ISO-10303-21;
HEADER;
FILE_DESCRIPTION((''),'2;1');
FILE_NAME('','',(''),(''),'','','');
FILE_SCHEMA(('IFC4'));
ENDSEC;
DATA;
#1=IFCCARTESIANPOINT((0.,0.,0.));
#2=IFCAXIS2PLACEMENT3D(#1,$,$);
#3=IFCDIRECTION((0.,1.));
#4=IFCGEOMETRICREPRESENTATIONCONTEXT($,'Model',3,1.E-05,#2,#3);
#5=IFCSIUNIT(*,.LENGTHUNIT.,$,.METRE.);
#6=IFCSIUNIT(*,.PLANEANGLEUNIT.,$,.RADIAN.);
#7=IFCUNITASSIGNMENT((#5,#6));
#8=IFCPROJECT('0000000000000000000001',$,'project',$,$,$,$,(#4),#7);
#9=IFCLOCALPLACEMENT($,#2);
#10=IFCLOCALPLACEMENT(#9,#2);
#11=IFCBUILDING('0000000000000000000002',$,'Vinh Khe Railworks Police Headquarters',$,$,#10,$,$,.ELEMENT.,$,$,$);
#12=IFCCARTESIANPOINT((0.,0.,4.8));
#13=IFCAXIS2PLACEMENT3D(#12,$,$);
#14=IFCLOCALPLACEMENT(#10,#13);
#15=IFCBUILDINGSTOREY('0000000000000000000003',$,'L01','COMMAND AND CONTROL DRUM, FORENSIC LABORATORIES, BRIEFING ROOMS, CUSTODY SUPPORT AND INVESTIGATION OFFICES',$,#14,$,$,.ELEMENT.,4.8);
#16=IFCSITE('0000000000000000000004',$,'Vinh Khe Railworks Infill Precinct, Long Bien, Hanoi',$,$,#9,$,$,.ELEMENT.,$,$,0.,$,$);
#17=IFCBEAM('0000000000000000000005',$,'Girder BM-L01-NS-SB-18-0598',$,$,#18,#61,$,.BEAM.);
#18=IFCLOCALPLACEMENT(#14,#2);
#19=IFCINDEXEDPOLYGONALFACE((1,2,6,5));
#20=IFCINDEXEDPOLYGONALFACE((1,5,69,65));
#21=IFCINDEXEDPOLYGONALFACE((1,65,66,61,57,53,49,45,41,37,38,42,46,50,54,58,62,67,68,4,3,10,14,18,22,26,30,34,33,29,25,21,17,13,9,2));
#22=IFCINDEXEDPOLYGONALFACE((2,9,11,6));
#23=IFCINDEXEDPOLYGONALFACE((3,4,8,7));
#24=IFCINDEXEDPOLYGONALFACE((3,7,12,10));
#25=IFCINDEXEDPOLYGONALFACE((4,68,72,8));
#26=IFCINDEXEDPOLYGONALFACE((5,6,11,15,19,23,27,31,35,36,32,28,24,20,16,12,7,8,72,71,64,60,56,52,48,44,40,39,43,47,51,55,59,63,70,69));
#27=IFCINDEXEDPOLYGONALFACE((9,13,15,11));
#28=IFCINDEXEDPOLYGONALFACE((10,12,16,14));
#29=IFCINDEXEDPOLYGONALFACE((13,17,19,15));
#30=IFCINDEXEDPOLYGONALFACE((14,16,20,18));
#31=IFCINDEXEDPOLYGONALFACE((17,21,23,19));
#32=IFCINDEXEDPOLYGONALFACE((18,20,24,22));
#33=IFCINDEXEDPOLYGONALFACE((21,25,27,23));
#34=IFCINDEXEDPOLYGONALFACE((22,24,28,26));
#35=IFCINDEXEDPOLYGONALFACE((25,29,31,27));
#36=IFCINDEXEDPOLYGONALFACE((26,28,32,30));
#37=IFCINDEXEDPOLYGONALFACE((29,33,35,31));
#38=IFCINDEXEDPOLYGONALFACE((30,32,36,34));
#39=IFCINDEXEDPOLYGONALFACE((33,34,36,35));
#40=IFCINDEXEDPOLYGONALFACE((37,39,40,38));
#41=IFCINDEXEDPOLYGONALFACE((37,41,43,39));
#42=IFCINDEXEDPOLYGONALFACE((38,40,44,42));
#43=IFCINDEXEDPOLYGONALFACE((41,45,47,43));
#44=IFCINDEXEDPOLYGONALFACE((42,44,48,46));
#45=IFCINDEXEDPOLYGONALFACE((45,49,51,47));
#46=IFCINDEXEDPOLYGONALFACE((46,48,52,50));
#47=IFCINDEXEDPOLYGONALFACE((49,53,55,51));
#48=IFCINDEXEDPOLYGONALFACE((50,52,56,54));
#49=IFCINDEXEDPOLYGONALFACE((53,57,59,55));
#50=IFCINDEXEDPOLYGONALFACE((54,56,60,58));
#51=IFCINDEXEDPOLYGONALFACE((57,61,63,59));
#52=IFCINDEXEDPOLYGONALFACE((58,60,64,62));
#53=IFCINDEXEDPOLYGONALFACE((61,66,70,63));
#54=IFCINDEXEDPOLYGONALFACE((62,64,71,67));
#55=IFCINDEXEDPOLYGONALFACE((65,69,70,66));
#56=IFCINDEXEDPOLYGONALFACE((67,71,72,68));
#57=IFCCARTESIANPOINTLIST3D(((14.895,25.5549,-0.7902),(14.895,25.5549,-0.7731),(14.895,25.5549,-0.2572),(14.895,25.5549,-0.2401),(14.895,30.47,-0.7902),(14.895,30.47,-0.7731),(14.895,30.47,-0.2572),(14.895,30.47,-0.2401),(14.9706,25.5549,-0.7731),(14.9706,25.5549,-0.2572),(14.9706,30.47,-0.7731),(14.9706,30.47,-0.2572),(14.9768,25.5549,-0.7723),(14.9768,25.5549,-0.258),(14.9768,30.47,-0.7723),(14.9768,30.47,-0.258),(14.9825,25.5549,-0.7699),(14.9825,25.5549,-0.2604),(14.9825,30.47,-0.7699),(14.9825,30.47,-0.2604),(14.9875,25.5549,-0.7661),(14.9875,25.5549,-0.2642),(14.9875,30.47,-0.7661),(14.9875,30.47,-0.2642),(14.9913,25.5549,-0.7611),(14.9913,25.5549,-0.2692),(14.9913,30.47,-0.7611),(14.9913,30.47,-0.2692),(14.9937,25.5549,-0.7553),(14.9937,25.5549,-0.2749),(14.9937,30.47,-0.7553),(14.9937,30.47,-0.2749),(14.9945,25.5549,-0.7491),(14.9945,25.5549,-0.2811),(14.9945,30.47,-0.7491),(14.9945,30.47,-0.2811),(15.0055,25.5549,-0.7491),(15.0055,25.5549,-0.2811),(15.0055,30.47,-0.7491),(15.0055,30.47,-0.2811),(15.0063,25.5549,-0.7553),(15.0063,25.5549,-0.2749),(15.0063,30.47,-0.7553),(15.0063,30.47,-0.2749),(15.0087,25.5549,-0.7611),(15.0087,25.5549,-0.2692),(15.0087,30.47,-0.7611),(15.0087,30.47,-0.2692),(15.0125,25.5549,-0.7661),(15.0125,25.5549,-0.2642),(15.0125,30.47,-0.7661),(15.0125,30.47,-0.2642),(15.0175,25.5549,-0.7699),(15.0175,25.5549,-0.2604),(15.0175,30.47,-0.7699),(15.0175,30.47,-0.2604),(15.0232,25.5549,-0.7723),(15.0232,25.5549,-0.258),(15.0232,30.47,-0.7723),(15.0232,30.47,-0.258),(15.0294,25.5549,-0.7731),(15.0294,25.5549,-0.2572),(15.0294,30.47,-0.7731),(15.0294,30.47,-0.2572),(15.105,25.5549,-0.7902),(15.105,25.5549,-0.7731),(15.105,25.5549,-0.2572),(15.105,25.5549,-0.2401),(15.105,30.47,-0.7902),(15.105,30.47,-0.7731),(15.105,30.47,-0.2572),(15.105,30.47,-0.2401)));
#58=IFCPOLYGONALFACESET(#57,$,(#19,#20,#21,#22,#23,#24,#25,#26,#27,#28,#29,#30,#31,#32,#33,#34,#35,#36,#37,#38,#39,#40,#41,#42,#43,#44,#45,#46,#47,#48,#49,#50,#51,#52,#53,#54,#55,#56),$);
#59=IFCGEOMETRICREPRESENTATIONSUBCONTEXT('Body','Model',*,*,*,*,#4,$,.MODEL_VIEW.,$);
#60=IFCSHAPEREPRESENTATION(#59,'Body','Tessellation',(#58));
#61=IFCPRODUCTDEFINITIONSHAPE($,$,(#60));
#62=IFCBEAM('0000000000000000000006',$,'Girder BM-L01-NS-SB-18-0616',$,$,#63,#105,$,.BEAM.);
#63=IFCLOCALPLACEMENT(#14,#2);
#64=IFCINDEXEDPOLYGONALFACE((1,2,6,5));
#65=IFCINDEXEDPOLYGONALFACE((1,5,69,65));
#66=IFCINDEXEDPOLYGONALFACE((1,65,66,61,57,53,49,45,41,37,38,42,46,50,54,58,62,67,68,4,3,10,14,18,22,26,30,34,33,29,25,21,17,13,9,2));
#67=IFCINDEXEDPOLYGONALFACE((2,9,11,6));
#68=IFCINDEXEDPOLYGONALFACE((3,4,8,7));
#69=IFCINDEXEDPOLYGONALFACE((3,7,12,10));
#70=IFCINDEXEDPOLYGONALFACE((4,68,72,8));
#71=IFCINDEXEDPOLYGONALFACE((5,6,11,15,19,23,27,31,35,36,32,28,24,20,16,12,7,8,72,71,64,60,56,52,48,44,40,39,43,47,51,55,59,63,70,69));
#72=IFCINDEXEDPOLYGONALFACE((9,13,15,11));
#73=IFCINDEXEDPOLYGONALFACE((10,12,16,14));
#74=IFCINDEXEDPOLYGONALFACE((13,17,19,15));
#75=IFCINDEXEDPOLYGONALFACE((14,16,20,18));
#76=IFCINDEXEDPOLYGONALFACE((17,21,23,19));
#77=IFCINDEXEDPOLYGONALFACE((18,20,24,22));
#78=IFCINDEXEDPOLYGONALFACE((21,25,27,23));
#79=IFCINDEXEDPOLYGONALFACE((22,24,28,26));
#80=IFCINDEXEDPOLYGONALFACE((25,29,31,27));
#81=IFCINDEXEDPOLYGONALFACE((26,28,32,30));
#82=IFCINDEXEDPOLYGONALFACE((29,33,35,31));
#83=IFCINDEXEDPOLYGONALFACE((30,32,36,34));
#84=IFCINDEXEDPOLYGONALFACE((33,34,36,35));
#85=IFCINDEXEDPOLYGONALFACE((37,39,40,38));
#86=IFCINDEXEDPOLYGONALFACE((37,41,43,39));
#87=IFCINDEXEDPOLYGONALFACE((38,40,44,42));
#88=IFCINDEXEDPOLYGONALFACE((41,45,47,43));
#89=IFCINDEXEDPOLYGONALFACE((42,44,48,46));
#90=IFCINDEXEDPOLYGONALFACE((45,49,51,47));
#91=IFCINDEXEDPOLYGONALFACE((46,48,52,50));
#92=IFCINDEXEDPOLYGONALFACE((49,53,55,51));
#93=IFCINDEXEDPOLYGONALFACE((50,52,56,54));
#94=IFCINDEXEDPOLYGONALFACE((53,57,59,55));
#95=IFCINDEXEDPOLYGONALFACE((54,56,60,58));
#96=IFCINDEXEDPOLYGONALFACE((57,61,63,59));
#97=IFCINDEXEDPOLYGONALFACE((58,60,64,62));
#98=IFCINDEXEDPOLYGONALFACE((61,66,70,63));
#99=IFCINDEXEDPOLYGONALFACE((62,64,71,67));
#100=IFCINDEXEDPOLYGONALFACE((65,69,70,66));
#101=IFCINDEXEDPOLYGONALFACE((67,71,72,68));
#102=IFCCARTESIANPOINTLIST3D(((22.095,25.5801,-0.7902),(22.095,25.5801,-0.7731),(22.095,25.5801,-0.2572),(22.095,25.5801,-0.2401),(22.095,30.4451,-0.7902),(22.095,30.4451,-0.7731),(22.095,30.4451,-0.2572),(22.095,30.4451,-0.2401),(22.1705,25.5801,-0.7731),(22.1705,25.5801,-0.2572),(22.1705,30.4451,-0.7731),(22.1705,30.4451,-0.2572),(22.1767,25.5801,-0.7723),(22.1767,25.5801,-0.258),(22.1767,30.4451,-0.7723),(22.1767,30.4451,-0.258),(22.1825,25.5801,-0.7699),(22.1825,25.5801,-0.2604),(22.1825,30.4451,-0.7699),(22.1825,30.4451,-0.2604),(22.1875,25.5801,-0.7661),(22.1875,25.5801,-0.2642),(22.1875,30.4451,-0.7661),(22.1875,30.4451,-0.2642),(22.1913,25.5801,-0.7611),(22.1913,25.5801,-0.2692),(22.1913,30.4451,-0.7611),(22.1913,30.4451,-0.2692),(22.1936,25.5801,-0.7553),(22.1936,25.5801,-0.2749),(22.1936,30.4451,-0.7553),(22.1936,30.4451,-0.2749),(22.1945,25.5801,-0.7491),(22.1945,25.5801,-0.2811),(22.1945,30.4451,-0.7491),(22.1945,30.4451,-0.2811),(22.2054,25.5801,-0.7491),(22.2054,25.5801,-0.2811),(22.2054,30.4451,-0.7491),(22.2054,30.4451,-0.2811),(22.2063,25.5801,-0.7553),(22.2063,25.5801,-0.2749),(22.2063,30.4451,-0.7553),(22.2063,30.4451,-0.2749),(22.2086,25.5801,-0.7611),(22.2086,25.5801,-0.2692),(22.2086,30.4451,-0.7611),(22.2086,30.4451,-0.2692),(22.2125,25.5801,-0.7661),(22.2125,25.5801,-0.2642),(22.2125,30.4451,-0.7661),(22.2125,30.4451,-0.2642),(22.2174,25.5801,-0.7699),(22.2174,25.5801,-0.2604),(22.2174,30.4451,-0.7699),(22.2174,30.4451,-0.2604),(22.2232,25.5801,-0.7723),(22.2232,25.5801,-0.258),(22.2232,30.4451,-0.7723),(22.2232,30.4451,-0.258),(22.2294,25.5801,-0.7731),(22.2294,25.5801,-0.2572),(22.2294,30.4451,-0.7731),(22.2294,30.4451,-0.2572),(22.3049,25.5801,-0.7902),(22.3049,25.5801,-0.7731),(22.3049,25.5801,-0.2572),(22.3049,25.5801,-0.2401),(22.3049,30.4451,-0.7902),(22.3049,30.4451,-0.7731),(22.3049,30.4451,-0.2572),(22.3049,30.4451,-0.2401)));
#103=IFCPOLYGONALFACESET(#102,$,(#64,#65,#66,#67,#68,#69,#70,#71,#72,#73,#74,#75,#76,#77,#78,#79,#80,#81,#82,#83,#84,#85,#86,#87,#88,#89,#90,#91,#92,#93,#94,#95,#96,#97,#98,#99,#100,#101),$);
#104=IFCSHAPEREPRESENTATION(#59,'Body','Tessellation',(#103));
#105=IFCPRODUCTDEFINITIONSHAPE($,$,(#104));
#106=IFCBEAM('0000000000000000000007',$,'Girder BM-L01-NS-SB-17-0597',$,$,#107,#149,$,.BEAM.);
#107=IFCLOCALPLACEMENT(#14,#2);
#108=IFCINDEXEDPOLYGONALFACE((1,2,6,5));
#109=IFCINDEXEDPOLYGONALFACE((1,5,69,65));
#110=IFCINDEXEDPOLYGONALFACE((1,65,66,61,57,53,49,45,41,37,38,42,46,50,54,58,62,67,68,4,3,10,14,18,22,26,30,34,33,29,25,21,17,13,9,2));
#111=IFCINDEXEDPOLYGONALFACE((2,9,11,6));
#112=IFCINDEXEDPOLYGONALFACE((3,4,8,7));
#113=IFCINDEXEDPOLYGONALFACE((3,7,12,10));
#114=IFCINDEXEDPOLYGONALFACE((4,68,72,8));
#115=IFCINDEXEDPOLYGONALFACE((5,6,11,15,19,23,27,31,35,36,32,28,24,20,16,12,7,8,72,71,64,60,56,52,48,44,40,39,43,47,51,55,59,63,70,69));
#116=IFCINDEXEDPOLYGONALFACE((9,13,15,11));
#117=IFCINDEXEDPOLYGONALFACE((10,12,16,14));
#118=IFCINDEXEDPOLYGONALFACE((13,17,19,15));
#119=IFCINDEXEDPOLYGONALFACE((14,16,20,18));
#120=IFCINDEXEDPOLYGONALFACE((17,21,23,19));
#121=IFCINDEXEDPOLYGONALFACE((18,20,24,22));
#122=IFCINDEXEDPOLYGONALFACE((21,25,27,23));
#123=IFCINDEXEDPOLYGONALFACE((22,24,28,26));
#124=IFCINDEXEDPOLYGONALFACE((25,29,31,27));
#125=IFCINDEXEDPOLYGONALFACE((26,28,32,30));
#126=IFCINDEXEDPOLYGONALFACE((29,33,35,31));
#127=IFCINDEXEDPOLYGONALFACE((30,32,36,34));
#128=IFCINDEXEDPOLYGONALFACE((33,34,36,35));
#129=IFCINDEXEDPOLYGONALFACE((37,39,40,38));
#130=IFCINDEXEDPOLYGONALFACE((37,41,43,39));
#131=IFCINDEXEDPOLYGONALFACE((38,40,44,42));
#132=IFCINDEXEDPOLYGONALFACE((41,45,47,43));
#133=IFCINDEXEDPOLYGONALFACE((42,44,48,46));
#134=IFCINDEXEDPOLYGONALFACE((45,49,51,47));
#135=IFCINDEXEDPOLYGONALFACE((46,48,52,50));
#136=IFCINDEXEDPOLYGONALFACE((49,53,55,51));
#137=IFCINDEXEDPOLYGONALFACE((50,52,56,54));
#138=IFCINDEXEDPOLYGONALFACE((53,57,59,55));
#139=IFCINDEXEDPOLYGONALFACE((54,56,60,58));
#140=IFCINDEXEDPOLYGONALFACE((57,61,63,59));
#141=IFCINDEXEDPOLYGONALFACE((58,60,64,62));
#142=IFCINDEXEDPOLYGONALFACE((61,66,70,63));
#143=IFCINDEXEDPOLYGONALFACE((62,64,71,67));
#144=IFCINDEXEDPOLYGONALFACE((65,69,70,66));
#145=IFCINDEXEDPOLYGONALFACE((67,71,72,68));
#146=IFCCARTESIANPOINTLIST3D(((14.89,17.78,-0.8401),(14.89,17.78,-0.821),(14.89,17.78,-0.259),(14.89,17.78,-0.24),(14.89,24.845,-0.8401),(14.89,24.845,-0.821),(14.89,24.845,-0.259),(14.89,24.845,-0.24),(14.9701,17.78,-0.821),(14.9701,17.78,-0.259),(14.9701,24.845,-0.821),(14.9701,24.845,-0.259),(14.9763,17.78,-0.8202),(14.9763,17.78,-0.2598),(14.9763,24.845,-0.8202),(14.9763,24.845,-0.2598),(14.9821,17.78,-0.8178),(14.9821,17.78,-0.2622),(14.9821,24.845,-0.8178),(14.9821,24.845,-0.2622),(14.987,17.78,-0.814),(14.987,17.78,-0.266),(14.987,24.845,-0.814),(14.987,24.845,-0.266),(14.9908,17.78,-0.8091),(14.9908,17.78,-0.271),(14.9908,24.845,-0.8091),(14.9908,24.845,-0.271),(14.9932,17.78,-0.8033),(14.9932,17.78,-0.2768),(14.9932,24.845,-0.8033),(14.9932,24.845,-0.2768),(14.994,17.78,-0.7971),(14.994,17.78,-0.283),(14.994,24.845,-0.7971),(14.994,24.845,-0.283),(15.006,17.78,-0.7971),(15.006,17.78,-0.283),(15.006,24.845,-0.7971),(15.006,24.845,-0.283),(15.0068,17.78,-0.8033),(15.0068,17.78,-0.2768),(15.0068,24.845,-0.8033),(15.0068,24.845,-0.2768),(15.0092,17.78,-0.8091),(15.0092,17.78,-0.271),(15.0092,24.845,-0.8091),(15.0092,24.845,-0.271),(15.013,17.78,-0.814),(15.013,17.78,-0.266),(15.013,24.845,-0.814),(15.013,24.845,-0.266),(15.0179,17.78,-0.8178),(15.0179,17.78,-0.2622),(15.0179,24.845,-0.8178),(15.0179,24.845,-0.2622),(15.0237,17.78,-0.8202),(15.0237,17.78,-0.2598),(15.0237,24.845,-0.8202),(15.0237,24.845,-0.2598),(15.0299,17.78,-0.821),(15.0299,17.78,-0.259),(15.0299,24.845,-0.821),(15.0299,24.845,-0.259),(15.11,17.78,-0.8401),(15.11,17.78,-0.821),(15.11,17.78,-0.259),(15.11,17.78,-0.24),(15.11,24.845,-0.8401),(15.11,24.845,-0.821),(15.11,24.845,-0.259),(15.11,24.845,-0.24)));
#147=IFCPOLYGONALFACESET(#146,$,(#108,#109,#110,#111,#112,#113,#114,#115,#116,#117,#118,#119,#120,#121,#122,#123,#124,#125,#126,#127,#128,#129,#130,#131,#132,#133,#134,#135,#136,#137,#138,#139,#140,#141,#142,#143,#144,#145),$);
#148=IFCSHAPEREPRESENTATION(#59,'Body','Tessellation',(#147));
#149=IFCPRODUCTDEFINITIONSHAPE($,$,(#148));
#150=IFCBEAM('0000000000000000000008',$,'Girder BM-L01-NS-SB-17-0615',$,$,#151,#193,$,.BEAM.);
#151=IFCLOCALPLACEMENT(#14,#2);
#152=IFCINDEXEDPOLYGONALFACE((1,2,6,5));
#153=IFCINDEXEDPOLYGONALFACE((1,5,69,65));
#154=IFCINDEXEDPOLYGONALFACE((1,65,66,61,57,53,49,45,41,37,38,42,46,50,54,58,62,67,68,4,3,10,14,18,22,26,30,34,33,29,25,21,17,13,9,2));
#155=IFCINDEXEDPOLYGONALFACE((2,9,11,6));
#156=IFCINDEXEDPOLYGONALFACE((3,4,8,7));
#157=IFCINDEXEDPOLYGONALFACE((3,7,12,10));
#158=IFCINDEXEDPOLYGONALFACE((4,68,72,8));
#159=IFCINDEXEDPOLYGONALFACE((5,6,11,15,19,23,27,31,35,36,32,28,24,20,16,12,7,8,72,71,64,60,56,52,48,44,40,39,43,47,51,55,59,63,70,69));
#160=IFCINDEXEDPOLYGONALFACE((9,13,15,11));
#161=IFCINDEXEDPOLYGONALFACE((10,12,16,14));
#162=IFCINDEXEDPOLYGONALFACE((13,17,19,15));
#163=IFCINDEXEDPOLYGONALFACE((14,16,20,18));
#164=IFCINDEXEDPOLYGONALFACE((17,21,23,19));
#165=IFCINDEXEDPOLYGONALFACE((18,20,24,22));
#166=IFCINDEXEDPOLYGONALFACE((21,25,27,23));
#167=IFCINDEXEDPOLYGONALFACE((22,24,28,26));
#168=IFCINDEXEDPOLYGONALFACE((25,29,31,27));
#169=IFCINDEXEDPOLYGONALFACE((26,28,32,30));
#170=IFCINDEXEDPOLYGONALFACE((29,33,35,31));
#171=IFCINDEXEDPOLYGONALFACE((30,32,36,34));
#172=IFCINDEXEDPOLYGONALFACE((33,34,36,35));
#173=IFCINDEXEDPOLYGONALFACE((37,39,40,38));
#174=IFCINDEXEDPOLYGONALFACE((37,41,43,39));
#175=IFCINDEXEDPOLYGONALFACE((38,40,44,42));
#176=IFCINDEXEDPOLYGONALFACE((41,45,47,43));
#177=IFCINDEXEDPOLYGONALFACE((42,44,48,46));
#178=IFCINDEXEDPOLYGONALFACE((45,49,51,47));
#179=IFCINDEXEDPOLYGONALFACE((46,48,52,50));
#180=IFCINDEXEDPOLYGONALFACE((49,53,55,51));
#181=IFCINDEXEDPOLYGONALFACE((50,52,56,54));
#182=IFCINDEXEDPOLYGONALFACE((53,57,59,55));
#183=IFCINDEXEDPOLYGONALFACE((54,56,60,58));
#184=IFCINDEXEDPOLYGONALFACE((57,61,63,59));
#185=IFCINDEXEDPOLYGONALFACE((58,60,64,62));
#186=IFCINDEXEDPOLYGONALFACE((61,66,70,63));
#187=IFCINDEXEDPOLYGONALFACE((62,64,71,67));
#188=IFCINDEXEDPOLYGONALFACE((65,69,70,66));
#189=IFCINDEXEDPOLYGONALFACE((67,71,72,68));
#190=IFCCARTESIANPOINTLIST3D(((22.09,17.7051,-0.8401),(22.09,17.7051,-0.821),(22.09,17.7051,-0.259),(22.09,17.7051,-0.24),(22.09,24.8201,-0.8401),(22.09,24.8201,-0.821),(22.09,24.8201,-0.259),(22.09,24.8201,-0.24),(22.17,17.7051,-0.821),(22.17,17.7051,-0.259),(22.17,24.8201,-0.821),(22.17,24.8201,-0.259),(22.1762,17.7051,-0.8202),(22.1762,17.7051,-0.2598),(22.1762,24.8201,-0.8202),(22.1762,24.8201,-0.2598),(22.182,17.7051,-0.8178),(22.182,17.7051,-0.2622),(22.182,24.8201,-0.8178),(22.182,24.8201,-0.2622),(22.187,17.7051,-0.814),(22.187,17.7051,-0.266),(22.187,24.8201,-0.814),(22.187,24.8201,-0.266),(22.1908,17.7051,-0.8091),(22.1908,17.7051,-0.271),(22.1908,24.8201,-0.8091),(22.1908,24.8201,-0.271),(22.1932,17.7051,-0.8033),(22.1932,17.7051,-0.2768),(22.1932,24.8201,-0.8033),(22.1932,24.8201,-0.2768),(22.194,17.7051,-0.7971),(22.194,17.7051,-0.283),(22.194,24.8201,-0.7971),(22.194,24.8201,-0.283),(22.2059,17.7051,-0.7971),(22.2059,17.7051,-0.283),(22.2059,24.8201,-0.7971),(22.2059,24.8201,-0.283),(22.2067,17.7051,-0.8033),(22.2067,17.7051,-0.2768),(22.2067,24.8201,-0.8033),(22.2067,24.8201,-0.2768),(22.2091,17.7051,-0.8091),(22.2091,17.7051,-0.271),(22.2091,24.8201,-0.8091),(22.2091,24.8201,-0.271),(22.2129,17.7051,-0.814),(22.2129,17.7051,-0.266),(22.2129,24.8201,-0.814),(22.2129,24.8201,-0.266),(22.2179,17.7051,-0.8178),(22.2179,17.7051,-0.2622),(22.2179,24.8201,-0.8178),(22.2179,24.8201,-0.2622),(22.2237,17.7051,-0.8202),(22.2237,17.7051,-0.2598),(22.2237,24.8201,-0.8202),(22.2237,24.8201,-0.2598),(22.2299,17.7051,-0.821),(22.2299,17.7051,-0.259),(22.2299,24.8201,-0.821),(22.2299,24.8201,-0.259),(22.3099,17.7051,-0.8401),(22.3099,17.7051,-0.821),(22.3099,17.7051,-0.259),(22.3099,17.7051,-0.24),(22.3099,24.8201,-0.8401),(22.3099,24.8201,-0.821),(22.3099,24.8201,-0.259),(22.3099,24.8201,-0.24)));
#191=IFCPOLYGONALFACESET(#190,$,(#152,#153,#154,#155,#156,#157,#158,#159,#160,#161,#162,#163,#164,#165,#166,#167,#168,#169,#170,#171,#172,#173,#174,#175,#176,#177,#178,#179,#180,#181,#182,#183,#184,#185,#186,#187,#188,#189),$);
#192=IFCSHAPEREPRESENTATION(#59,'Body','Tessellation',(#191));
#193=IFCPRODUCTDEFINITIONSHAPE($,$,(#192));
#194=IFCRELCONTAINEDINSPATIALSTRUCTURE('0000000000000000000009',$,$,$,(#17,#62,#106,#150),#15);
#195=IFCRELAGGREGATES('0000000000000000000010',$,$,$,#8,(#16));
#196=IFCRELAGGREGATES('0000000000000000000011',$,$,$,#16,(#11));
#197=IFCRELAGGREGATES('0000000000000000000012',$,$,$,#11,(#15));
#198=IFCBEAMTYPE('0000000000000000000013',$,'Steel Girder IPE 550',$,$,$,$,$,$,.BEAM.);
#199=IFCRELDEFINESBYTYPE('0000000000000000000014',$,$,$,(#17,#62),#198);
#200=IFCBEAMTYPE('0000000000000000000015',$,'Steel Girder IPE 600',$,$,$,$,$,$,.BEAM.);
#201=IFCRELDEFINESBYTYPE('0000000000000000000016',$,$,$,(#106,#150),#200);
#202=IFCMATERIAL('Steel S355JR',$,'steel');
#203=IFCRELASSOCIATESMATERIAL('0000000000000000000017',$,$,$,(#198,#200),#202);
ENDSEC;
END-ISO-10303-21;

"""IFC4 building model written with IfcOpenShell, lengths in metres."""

from ifc_helpers import new_model, si_unit, direction, frame, origin, origin_2d, place, context, subcontext, project, spatial, i_section, extrude, material, material_profile, profile_set, type_object, element, save


model = new_model("IFC4")

# Units and contexts
model_context = context("Model", 3, precision=1e-05, world=origin(), true_north=direction((0.0, 1.0)))
body_context = subcontext(model_context, "Body", "Model", "MODEL_VIEW")
ifc_project = project(units=[si_unit("LENGTHUNIT", "METRE"), si_unit("PLANEANGLEUNIT", "RADIAN")], contexts=[model_context])

# Site, building, storey
site_placement = place(None, origin())
site = spatial("IfcSite", under=ifc_project, at=site_placement, Name="Vinh Khe Railworks Infill Precinct, Long Bien, Hanoi", CompositionType="ELEMENT", RefElevation=0.0)
building_placement = place(site_placement, origin())
building = spatial("IfcBuilding", under=site, at=building_placement, Name="Vinh Khe Railworks Police Headquarters", CompositionType="ELEMENT")
storey_placement = place(building_placement, frame((0.0, 0.0, 4.8)))
storey = spatial("IfcBuildingStorey", under=building, at=storey_placement, Name="L01", Description="COMMAND AND CONTROL DRUM, FORENSIC LABORATORIES, BRIEFING ROOMS, CUSTODY SUPPORT AND INVESTIGATION OFFICES", CompositionType="ELEMENT", Elevation=4.8)

# Shared definitions
ifc_material_1 = material(Name="Steel S355JR", Category="steel")

# Beams
ifc_material_profile_1 = material_profile(ifc_material_1, i_section(OverallWidth=0.21, OverallDepth=0.55, WebThickness=0.011, FlangeThickness=0.0171, FilletRadius=0.0239, at=origin_2d()), Name="IPE 550")
ifc_profile_set_1 = profile_set([ifc_material_profile_1], Name="Steel S355JR")
beam_type_1 = type_object("IfcBeamType", Name="Steel Girder IPE 550", PredefinedType="BEAM", material=ifc_profile_set_1)
beam_1_placement = place(storey_placement, frame((15.0, 25.5549, -0.5151), z_axis=(0.0, 1.0, 0.0), x_axis=(-1.0, 0.0, 0.0)))
element("IfcBeam", 1, at=beam_1_placement, inside=storey, type_object=beam_type_1, Name="Girder BM-L01-NS-SB-18-0598", PredefinedType="BEAM", context=body_context, shape_type="SweptSolid", body=[
    extrude(i_section(OverallWidth=0.21, OverallDepth=0.55, WebThickness=0.011, FlangeThickness=0.0171, FilletRadius=0.0239, at=origin_2d()), origin(), (0.0, 0.0, 1.0), 4.915),
])
beam_2_placement = place(storey_placement, frame((22.2, 25.5801, -0.5151), z_axis=(0.0, 1.0, 0.0), x_axis=(-1.0, 0.0, 0.0)))
element("IfcBeam", 2, at=beam_2_placement, inside=storey, type_object=beam_type_1, Name="Girder BM-L01-NS-SB-18-0616", PredefinedType="BEAM", context=body_context, shape_type="SweptSolid", body=[
    extrude(i_section(OverallWidth=0.21, OverallDepth=0.55, WebThickness=0.011, FlangeThickness=0.0171, FilletRadius=0.0239, at=origin_2d()), origin(), (0.0, 0.0, 1.0), 4.865),
])
ifc_material_profile_2 = material_profile(ifc_material_1, i_section(OverallWidth=0.22, OverallDepth=0.6001, WebThickness=0.012, FlangeThickness=0.019, FilletRadius=0.0239, at=origin_2d()), Name="IPE 600")
ifc_profile_set_2 = profile_set([ifc_material_profile_2], Name="Steel S355JR")
beam_type_2 = type_object("IfcBeamType", Name="Steel Girder IPE 600", PredefinedType="BEAM", material=ifc_profile_set_2)
beam_3_placement = place(storey_placement, frame((15.0, 17.78, -0.54), z_axis=(0.0, 1.0, 0.0), x_axis=(-1.0, 0.0, 0.0)))
element("IfcBeam", 3, at=beam_3_placement, inside=storey, type_object=beam_type_2, Name="Girder BM-L01-NS-SB-17-0597", PredefinedType="BEAM", context=body_context, shape_type="SweptSolid", body=[
    extrude(i_section(OverallWidth=0.22, OverallDepth=0.6001, WebThickness=0.012, FlangeThickness=0.019, FilletRadius=0.0239, at=origin_2d()), origin(), (0.0, 0.0, 1.0), 7.0649),
])
beam_4_placement = place(storey_placement, frame((22.2, 17.7051, -0.54), z_axis=(0.0, 1.0, 0.0), x_axis=(-1.0, 0.0, 0.0)))
element("IfcBeam", 4, at=beam_4_placement, inside=storey, type_object=beam_type_2, Name="Girder BM-L01-NS-SB-17-0615", PredefinedType="BEAM", context=body_context, shape_type="SweptSolid", body=[
    extrude(i_section(OverallWidth=0.22, OverallDepth=0.6001, WebThickness=0.012, FlangeThickness=0.019, FilletRadius=0.0239, at=origin_2d()), origin(), (0.0, 0.0, 1.0), 7.115),
])

save(model, "model.ifc")
